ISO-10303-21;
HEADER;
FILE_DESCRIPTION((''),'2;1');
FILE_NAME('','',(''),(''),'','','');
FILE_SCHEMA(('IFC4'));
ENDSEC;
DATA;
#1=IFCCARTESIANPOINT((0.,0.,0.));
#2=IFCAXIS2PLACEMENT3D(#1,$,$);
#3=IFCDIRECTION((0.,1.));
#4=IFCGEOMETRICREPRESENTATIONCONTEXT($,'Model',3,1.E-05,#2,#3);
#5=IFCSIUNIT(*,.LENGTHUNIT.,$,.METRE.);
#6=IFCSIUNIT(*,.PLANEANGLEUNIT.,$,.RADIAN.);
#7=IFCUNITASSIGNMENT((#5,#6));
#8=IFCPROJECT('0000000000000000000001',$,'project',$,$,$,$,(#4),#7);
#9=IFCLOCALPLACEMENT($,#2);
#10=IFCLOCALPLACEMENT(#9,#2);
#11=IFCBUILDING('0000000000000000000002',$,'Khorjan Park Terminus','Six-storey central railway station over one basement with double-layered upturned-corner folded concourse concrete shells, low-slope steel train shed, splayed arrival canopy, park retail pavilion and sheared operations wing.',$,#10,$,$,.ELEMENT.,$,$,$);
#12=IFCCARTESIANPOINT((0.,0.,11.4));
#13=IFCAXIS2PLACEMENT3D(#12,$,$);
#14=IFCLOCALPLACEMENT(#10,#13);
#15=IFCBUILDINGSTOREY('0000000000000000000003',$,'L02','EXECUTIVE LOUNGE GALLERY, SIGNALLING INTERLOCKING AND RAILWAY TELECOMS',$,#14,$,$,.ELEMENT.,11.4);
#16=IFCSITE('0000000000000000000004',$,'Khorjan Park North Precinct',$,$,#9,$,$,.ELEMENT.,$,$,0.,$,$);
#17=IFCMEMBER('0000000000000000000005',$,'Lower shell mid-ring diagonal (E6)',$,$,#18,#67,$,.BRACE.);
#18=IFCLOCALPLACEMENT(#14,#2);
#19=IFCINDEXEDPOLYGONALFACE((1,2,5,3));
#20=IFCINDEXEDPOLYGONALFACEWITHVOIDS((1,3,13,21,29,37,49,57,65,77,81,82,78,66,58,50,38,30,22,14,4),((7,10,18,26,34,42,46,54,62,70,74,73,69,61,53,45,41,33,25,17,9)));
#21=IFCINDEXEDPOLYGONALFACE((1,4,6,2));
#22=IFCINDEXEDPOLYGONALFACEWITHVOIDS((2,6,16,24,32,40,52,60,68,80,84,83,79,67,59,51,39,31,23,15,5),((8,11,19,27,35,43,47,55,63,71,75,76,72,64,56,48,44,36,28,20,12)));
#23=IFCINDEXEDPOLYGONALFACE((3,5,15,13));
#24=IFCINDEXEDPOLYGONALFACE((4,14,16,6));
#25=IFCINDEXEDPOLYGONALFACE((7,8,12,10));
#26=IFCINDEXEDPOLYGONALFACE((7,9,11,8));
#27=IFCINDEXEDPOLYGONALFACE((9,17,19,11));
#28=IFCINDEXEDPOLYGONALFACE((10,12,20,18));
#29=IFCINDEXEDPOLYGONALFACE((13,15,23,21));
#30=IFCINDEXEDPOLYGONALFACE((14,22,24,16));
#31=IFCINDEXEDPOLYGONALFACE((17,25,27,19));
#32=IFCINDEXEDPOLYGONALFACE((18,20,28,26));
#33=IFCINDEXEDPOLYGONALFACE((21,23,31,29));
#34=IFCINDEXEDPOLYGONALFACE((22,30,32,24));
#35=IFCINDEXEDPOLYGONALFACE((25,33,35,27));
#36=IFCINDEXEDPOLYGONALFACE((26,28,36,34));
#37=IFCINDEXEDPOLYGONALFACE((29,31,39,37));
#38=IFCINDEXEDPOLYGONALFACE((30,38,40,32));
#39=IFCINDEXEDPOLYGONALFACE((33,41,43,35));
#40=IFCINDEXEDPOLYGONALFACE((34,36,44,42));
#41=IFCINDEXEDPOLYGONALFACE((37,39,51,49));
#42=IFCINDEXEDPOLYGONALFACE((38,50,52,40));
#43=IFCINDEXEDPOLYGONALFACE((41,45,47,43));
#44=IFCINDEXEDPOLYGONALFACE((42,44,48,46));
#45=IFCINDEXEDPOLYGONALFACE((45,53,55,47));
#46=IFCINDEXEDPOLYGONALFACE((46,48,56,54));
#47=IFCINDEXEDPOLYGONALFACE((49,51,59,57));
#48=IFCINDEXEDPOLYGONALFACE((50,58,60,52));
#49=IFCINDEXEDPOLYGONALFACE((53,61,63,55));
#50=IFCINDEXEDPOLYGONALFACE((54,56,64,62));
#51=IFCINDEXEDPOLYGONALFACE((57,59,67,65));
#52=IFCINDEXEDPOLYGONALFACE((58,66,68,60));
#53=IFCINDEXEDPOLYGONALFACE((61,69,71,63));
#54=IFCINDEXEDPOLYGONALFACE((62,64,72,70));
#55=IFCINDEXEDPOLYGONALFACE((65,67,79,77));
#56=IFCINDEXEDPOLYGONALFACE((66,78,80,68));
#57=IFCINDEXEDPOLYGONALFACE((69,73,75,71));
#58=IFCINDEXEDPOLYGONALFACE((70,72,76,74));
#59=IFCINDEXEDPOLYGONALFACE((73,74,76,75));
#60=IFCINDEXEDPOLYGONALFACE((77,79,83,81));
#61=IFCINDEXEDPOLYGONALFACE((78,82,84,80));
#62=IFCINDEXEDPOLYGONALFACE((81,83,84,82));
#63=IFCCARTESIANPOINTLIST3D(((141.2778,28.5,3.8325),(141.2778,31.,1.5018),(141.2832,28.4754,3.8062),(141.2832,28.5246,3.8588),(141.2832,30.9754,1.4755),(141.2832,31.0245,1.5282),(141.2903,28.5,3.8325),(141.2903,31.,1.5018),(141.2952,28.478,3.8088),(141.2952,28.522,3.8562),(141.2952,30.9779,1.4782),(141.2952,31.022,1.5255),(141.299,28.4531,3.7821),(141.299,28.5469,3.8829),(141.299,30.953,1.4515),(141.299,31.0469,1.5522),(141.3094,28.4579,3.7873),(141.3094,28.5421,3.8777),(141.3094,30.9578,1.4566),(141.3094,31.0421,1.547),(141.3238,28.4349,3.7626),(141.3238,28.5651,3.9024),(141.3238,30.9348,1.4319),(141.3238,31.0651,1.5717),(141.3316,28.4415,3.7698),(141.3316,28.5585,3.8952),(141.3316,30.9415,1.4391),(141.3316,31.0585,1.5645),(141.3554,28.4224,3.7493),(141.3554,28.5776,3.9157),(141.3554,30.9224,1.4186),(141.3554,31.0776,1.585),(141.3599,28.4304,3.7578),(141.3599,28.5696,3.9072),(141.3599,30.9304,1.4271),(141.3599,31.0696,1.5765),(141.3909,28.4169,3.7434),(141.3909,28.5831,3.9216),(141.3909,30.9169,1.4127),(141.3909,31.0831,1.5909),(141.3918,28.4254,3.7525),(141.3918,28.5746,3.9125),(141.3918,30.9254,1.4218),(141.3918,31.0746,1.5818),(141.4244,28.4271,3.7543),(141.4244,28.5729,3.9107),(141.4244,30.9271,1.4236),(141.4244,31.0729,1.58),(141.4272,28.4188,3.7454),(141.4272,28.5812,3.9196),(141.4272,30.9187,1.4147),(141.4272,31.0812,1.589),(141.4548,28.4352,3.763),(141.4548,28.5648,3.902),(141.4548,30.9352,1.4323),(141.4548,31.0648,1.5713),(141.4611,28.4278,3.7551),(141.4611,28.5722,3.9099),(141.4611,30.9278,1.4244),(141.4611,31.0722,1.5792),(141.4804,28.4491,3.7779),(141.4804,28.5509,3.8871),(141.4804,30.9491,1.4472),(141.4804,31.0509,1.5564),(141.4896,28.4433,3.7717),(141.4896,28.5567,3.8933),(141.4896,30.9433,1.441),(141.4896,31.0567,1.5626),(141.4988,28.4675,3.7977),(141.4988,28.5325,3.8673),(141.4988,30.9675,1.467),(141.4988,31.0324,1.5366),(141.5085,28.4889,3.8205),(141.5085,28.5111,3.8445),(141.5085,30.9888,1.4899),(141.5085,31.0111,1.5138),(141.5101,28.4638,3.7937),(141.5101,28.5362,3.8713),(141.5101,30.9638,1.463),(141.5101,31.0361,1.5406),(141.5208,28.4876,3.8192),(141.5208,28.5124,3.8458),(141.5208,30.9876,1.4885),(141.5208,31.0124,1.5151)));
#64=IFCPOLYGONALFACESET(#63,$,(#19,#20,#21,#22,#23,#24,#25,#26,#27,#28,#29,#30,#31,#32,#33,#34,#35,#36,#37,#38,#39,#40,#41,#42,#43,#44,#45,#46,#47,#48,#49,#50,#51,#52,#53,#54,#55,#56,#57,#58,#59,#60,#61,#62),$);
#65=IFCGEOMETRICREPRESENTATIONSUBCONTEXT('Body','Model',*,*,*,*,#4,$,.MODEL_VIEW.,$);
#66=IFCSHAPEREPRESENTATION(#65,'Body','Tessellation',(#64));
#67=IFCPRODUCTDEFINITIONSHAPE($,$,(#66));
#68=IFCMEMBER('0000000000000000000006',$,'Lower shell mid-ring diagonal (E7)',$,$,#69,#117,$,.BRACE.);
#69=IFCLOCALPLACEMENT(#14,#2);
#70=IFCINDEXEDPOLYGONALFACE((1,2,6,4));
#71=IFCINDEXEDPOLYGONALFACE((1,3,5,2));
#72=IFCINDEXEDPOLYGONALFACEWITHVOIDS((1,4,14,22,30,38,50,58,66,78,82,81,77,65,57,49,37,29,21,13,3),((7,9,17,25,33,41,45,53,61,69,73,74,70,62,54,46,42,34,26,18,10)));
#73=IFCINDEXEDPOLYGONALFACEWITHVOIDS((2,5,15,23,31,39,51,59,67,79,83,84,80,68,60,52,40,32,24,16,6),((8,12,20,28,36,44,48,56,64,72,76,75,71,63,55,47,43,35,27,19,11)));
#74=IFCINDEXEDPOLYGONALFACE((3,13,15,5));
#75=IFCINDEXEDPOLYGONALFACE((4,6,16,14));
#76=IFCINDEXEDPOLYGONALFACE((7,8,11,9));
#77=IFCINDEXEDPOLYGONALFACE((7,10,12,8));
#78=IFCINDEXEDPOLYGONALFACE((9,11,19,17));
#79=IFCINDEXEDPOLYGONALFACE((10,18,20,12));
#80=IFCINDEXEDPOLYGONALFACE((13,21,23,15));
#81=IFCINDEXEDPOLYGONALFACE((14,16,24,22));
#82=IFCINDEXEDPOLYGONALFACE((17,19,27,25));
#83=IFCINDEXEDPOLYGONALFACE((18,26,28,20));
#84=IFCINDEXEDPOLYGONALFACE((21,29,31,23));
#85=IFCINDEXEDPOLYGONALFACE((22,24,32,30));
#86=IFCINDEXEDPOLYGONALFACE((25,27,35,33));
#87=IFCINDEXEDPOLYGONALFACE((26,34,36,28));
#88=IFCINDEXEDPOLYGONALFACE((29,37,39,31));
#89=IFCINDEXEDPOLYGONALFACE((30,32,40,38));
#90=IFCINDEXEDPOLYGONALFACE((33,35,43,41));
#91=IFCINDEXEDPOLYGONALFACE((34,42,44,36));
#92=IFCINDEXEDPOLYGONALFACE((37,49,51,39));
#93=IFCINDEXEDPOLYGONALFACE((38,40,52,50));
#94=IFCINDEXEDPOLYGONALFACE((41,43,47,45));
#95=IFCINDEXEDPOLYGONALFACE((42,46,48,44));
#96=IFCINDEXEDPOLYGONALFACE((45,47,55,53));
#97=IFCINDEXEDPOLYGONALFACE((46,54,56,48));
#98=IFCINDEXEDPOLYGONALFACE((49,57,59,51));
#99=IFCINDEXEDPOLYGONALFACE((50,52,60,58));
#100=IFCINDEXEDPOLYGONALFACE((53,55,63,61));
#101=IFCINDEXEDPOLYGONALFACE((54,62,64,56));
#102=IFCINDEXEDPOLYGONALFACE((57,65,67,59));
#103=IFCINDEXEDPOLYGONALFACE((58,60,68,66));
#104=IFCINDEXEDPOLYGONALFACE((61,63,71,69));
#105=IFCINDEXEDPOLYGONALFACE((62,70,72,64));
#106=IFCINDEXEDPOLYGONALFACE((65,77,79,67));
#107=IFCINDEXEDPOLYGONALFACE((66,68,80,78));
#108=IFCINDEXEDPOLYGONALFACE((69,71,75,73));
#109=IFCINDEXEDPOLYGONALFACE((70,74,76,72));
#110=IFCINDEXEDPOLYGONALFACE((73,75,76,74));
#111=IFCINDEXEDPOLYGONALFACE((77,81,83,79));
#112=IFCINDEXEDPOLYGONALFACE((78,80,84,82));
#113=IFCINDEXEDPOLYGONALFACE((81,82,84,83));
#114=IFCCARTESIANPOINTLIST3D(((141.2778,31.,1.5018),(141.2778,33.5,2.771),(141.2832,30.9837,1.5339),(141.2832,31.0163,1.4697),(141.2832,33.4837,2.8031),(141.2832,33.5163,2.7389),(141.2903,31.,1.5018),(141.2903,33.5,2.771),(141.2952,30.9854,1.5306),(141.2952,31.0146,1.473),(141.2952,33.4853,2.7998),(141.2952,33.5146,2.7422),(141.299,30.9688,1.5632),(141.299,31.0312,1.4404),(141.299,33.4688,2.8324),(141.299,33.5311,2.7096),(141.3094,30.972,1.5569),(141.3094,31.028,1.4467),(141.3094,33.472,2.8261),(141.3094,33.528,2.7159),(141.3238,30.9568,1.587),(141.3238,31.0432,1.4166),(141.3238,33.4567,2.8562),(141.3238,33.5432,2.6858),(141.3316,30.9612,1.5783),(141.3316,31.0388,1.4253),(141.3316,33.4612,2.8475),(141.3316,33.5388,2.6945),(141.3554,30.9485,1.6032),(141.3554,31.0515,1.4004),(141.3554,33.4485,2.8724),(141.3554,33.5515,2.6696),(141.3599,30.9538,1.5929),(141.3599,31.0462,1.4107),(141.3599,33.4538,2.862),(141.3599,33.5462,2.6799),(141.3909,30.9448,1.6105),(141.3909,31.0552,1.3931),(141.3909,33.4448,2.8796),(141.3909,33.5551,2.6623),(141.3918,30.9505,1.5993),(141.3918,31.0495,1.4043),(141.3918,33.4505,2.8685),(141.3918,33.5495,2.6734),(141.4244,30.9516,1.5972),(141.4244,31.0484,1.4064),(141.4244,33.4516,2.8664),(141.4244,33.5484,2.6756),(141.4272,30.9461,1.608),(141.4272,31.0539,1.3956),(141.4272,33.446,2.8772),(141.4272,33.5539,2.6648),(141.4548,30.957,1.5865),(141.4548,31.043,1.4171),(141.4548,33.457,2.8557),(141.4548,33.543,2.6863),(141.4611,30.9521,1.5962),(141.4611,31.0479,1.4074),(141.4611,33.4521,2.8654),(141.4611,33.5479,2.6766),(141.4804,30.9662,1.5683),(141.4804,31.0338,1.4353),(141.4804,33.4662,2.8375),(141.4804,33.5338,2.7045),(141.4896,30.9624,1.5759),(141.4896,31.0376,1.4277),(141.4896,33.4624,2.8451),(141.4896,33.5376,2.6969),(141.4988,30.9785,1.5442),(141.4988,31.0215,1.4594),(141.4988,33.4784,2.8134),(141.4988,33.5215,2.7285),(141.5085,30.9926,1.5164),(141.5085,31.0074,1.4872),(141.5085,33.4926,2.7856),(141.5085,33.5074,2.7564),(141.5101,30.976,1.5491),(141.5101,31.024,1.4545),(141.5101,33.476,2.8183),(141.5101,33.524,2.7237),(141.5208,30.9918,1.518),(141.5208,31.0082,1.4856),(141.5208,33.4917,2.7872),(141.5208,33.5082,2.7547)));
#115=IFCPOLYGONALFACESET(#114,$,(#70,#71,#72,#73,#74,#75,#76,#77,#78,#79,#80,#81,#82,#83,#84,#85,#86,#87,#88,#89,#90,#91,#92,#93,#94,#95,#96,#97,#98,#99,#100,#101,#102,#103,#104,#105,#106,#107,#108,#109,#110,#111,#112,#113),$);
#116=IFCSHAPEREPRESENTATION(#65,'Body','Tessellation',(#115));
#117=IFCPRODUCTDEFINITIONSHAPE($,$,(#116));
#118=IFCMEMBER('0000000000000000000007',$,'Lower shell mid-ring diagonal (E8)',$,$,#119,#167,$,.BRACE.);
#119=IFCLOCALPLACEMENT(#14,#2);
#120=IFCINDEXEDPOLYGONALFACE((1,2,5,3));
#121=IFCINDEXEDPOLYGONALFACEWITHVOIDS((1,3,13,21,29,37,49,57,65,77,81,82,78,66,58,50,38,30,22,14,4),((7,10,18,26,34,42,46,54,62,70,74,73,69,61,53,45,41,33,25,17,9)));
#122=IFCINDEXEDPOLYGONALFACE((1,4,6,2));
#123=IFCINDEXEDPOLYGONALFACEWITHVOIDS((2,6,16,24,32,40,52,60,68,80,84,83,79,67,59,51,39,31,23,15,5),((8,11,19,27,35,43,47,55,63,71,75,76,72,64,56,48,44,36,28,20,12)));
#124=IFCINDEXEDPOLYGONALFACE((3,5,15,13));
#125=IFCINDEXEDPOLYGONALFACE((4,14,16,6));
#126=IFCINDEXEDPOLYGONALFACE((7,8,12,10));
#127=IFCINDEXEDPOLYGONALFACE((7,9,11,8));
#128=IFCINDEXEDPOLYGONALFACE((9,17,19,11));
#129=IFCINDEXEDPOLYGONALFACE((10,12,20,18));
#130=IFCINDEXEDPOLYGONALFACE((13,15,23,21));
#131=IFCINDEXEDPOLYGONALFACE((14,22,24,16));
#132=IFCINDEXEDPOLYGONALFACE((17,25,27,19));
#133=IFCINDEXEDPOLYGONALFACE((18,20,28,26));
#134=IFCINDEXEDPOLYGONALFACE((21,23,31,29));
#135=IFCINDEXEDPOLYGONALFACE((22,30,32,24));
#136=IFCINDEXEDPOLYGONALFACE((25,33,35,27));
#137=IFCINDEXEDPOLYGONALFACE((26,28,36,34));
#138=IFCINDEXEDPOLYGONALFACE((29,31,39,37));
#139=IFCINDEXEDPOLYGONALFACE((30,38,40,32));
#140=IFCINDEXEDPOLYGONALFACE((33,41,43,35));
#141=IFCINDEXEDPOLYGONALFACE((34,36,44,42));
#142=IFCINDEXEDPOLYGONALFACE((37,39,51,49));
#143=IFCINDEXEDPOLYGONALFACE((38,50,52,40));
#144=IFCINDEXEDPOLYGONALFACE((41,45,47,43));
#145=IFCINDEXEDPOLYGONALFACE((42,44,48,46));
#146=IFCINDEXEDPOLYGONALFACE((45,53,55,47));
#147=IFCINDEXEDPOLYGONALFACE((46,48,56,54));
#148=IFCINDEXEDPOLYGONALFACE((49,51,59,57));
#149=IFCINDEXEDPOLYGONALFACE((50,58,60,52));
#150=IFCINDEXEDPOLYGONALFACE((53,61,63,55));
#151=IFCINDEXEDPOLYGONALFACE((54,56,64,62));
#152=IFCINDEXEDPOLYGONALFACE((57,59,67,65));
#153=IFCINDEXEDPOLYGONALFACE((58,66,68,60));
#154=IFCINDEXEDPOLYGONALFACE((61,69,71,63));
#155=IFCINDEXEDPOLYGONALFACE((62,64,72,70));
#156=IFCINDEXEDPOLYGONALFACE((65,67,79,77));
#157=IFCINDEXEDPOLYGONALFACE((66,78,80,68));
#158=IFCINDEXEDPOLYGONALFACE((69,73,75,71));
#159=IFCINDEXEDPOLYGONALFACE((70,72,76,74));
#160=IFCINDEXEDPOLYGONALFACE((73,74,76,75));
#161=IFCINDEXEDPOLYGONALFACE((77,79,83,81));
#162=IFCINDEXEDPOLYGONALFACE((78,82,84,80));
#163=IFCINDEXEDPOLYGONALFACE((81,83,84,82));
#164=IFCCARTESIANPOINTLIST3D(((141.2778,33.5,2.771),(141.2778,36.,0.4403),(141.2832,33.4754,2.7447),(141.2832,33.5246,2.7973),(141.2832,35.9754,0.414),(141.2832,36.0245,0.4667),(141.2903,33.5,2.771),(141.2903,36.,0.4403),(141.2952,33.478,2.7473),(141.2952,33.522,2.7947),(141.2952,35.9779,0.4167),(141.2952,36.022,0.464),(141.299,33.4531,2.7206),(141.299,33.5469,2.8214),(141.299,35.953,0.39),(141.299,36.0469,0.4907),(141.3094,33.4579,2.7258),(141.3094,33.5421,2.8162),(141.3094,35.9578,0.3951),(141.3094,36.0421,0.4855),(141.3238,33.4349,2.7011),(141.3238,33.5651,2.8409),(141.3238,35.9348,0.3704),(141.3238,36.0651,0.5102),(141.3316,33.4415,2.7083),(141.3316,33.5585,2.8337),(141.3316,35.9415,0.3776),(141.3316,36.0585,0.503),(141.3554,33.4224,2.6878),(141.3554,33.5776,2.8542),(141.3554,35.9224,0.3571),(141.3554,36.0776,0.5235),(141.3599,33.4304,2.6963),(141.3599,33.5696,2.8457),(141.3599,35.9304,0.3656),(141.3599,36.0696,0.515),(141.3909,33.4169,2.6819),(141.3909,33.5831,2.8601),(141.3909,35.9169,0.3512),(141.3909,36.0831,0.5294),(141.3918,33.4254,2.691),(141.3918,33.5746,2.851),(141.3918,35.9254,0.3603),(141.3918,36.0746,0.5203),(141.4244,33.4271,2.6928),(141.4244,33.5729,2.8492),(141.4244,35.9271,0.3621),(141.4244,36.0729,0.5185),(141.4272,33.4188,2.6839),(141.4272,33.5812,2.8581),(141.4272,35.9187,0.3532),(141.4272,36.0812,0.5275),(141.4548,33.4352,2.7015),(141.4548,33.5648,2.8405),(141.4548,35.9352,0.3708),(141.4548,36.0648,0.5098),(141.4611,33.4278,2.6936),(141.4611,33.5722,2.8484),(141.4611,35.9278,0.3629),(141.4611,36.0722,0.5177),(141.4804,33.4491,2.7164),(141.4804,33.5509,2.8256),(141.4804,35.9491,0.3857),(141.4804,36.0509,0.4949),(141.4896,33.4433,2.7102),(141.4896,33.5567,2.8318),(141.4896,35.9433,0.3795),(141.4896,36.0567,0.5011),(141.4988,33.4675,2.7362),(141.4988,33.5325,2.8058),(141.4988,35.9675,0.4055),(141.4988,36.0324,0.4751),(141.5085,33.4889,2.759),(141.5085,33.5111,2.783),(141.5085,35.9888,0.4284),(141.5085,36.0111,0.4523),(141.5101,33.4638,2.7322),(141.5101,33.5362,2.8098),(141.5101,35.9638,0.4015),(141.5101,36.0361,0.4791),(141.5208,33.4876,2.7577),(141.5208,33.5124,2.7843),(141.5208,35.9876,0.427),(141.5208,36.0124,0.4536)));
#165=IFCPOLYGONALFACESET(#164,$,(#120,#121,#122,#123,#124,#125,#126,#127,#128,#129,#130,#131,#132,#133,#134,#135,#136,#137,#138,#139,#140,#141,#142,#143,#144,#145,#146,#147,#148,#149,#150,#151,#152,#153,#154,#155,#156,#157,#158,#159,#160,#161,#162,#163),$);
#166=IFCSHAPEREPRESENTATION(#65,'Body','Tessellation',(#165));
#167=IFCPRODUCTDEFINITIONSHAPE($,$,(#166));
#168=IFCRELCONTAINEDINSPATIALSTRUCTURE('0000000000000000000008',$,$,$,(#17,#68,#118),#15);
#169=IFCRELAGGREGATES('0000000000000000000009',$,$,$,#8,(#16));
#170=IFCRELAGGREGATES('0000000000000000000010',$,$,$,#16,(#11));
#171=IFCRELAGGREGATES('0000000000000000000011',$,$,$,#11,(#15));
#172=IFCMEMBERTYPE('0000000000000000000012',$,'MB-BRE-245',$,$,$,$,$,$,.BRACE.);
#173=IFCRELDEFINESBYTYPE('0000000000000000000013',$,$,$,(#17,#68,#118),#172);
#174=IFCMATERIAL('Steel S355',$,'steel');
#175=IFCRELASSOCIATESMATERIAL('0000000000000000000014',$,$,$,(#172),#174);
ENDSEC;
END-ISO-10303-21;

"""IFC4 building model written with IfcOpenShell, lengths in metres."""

from ifc_helpers import new_model, si_unit, direction, frame, origin, origin_2d, place, context, subcontext, project, spatial, hollow_circle, extrude, material, material_profile, profile_set, type_object, element, save


model = new_model("IFC4")

# Units and contexts
model_context = context("Model", 3, precision=1e-05, world=origin(), true_north=direction((0.0, 1.0)))
body_context = subcontext(model_context, "Body", "Model", "MODEL_VIEW")
ifc_project = project(units=[si_unit("LENGTHUNIT", "METRE"), si_unit("PLANEANGLEUNIT", "RADIAN")], contexts=[model_context])

# Site, building, storey
site_placement = place(None, origin())
site = spatial("IfcSite", under=ifc_project, at=site_placement, Name="Khorjan Park North Precinct", CompositionType="ELEMENT", RefElevation=0.0)
building_placement = place(site_placement, origin())
building = spatial("IfcBuilding", under=site, at=building_placement, Name="Khorjan Park Terminus", Description="Six-storey central railway station over one basement with double-layered upturned-corner folded concourse concrete shells, low-slope steel train shed, splayed arrival canopy, park retail pavilion and sheared operations wing.", CompositionType="ELEMENT")
storey_placement = place(building_placement, frame((0.0, 0.0, 11.4)))
storey = spatial("IfcBuildingStorey", under=building, at=storey_placement, Name="L02", Description="EXECUTIVE LOUNGE GALLERY, SIGNALLING INTERLOCKING AND RAILWAY TELECOMS", CompositionType="ELEMENT", Elevation=11.4)

# Shared definitions
ifc_material_1 = material(Name="Steel S355", Category="steel")

# Members
ifc_material_profile_1 = material_profile(ifc_material_1, hollow_circle(Radius=0.1222, WallThickness=0.0125, at=origin_2d()), Name="CHS 244.5x12.5")
ifc_profile_set_1 = profile_set([ifc_material_profile_1], Name="Steel S355")
member_type_1 = type_object("IfcMemberType", Name="MB-BRE-245", PredefinedType="BRACE", material=ifc_profile_set_1)
member_1_placement = place(storey_placement, frame((141.4, 28.5, 3.8325), z_axis=(0.0, 0.731439, -0.681906), x_axis=(-1.0, 0.0, 0.0)))
element("IfcMember", 1, at=member_1_placement, inside=storey, type_object=member_type_1, Name="Lower shell mid-ring diagonal (E6)", PredefinedType="BRACE", context=body_context, shape_type="SweptSolid", body=[
    extrude(hollow_circle(Radius=0.1222, WallThickness=0.0125, at=origin_2d()), origin(), (0.0, 0.0, 1.0), 3.4179),
])
member_2_placement = place(storey_placement, frame((141.4, 31.0, 1.5018), z_axis=(0.0, 0.891671, 0.452684), x_axis=(-1.0, 0.0, 0.0)))
element("IfcMember", 2, at=member_2_placement, inside=storey, type_object=member_type_1, Name="Lower shell mid-ring diagonal (E7)", PredefinedType="BRACE", context=body_context, shape_type="SweptSolid", body=[
    extrude(hollow_circle(Radius=0.1222, WallThickness=0.0125, at=origin_2d()), origin(), (0.0, 0.0, 1.0), 2.8037),
])
member_3_placement = place(storey_placement, frame((141.4, 33.5, 2.771), z_axis=(0.0, 0.731439, -0.681906), x_axis=(-1.0, 0.0, 0.0)))
element("IfcMember", 3, at=member_3_placement, inside=storey, type_object=member_type_1, Name="Lower shell mid-ring diagonal (E8)", PredefinedType="BRACE", context=body_context, shape_type="SweptSolid", body=[
    extrude(hollow_circle(Radius=0.1222, WallThickness=0.0125, at=origin_2d()), origin(), (0.0, 0.0, 1.0), 3.4179),
])

save(model, "model.ifc")
